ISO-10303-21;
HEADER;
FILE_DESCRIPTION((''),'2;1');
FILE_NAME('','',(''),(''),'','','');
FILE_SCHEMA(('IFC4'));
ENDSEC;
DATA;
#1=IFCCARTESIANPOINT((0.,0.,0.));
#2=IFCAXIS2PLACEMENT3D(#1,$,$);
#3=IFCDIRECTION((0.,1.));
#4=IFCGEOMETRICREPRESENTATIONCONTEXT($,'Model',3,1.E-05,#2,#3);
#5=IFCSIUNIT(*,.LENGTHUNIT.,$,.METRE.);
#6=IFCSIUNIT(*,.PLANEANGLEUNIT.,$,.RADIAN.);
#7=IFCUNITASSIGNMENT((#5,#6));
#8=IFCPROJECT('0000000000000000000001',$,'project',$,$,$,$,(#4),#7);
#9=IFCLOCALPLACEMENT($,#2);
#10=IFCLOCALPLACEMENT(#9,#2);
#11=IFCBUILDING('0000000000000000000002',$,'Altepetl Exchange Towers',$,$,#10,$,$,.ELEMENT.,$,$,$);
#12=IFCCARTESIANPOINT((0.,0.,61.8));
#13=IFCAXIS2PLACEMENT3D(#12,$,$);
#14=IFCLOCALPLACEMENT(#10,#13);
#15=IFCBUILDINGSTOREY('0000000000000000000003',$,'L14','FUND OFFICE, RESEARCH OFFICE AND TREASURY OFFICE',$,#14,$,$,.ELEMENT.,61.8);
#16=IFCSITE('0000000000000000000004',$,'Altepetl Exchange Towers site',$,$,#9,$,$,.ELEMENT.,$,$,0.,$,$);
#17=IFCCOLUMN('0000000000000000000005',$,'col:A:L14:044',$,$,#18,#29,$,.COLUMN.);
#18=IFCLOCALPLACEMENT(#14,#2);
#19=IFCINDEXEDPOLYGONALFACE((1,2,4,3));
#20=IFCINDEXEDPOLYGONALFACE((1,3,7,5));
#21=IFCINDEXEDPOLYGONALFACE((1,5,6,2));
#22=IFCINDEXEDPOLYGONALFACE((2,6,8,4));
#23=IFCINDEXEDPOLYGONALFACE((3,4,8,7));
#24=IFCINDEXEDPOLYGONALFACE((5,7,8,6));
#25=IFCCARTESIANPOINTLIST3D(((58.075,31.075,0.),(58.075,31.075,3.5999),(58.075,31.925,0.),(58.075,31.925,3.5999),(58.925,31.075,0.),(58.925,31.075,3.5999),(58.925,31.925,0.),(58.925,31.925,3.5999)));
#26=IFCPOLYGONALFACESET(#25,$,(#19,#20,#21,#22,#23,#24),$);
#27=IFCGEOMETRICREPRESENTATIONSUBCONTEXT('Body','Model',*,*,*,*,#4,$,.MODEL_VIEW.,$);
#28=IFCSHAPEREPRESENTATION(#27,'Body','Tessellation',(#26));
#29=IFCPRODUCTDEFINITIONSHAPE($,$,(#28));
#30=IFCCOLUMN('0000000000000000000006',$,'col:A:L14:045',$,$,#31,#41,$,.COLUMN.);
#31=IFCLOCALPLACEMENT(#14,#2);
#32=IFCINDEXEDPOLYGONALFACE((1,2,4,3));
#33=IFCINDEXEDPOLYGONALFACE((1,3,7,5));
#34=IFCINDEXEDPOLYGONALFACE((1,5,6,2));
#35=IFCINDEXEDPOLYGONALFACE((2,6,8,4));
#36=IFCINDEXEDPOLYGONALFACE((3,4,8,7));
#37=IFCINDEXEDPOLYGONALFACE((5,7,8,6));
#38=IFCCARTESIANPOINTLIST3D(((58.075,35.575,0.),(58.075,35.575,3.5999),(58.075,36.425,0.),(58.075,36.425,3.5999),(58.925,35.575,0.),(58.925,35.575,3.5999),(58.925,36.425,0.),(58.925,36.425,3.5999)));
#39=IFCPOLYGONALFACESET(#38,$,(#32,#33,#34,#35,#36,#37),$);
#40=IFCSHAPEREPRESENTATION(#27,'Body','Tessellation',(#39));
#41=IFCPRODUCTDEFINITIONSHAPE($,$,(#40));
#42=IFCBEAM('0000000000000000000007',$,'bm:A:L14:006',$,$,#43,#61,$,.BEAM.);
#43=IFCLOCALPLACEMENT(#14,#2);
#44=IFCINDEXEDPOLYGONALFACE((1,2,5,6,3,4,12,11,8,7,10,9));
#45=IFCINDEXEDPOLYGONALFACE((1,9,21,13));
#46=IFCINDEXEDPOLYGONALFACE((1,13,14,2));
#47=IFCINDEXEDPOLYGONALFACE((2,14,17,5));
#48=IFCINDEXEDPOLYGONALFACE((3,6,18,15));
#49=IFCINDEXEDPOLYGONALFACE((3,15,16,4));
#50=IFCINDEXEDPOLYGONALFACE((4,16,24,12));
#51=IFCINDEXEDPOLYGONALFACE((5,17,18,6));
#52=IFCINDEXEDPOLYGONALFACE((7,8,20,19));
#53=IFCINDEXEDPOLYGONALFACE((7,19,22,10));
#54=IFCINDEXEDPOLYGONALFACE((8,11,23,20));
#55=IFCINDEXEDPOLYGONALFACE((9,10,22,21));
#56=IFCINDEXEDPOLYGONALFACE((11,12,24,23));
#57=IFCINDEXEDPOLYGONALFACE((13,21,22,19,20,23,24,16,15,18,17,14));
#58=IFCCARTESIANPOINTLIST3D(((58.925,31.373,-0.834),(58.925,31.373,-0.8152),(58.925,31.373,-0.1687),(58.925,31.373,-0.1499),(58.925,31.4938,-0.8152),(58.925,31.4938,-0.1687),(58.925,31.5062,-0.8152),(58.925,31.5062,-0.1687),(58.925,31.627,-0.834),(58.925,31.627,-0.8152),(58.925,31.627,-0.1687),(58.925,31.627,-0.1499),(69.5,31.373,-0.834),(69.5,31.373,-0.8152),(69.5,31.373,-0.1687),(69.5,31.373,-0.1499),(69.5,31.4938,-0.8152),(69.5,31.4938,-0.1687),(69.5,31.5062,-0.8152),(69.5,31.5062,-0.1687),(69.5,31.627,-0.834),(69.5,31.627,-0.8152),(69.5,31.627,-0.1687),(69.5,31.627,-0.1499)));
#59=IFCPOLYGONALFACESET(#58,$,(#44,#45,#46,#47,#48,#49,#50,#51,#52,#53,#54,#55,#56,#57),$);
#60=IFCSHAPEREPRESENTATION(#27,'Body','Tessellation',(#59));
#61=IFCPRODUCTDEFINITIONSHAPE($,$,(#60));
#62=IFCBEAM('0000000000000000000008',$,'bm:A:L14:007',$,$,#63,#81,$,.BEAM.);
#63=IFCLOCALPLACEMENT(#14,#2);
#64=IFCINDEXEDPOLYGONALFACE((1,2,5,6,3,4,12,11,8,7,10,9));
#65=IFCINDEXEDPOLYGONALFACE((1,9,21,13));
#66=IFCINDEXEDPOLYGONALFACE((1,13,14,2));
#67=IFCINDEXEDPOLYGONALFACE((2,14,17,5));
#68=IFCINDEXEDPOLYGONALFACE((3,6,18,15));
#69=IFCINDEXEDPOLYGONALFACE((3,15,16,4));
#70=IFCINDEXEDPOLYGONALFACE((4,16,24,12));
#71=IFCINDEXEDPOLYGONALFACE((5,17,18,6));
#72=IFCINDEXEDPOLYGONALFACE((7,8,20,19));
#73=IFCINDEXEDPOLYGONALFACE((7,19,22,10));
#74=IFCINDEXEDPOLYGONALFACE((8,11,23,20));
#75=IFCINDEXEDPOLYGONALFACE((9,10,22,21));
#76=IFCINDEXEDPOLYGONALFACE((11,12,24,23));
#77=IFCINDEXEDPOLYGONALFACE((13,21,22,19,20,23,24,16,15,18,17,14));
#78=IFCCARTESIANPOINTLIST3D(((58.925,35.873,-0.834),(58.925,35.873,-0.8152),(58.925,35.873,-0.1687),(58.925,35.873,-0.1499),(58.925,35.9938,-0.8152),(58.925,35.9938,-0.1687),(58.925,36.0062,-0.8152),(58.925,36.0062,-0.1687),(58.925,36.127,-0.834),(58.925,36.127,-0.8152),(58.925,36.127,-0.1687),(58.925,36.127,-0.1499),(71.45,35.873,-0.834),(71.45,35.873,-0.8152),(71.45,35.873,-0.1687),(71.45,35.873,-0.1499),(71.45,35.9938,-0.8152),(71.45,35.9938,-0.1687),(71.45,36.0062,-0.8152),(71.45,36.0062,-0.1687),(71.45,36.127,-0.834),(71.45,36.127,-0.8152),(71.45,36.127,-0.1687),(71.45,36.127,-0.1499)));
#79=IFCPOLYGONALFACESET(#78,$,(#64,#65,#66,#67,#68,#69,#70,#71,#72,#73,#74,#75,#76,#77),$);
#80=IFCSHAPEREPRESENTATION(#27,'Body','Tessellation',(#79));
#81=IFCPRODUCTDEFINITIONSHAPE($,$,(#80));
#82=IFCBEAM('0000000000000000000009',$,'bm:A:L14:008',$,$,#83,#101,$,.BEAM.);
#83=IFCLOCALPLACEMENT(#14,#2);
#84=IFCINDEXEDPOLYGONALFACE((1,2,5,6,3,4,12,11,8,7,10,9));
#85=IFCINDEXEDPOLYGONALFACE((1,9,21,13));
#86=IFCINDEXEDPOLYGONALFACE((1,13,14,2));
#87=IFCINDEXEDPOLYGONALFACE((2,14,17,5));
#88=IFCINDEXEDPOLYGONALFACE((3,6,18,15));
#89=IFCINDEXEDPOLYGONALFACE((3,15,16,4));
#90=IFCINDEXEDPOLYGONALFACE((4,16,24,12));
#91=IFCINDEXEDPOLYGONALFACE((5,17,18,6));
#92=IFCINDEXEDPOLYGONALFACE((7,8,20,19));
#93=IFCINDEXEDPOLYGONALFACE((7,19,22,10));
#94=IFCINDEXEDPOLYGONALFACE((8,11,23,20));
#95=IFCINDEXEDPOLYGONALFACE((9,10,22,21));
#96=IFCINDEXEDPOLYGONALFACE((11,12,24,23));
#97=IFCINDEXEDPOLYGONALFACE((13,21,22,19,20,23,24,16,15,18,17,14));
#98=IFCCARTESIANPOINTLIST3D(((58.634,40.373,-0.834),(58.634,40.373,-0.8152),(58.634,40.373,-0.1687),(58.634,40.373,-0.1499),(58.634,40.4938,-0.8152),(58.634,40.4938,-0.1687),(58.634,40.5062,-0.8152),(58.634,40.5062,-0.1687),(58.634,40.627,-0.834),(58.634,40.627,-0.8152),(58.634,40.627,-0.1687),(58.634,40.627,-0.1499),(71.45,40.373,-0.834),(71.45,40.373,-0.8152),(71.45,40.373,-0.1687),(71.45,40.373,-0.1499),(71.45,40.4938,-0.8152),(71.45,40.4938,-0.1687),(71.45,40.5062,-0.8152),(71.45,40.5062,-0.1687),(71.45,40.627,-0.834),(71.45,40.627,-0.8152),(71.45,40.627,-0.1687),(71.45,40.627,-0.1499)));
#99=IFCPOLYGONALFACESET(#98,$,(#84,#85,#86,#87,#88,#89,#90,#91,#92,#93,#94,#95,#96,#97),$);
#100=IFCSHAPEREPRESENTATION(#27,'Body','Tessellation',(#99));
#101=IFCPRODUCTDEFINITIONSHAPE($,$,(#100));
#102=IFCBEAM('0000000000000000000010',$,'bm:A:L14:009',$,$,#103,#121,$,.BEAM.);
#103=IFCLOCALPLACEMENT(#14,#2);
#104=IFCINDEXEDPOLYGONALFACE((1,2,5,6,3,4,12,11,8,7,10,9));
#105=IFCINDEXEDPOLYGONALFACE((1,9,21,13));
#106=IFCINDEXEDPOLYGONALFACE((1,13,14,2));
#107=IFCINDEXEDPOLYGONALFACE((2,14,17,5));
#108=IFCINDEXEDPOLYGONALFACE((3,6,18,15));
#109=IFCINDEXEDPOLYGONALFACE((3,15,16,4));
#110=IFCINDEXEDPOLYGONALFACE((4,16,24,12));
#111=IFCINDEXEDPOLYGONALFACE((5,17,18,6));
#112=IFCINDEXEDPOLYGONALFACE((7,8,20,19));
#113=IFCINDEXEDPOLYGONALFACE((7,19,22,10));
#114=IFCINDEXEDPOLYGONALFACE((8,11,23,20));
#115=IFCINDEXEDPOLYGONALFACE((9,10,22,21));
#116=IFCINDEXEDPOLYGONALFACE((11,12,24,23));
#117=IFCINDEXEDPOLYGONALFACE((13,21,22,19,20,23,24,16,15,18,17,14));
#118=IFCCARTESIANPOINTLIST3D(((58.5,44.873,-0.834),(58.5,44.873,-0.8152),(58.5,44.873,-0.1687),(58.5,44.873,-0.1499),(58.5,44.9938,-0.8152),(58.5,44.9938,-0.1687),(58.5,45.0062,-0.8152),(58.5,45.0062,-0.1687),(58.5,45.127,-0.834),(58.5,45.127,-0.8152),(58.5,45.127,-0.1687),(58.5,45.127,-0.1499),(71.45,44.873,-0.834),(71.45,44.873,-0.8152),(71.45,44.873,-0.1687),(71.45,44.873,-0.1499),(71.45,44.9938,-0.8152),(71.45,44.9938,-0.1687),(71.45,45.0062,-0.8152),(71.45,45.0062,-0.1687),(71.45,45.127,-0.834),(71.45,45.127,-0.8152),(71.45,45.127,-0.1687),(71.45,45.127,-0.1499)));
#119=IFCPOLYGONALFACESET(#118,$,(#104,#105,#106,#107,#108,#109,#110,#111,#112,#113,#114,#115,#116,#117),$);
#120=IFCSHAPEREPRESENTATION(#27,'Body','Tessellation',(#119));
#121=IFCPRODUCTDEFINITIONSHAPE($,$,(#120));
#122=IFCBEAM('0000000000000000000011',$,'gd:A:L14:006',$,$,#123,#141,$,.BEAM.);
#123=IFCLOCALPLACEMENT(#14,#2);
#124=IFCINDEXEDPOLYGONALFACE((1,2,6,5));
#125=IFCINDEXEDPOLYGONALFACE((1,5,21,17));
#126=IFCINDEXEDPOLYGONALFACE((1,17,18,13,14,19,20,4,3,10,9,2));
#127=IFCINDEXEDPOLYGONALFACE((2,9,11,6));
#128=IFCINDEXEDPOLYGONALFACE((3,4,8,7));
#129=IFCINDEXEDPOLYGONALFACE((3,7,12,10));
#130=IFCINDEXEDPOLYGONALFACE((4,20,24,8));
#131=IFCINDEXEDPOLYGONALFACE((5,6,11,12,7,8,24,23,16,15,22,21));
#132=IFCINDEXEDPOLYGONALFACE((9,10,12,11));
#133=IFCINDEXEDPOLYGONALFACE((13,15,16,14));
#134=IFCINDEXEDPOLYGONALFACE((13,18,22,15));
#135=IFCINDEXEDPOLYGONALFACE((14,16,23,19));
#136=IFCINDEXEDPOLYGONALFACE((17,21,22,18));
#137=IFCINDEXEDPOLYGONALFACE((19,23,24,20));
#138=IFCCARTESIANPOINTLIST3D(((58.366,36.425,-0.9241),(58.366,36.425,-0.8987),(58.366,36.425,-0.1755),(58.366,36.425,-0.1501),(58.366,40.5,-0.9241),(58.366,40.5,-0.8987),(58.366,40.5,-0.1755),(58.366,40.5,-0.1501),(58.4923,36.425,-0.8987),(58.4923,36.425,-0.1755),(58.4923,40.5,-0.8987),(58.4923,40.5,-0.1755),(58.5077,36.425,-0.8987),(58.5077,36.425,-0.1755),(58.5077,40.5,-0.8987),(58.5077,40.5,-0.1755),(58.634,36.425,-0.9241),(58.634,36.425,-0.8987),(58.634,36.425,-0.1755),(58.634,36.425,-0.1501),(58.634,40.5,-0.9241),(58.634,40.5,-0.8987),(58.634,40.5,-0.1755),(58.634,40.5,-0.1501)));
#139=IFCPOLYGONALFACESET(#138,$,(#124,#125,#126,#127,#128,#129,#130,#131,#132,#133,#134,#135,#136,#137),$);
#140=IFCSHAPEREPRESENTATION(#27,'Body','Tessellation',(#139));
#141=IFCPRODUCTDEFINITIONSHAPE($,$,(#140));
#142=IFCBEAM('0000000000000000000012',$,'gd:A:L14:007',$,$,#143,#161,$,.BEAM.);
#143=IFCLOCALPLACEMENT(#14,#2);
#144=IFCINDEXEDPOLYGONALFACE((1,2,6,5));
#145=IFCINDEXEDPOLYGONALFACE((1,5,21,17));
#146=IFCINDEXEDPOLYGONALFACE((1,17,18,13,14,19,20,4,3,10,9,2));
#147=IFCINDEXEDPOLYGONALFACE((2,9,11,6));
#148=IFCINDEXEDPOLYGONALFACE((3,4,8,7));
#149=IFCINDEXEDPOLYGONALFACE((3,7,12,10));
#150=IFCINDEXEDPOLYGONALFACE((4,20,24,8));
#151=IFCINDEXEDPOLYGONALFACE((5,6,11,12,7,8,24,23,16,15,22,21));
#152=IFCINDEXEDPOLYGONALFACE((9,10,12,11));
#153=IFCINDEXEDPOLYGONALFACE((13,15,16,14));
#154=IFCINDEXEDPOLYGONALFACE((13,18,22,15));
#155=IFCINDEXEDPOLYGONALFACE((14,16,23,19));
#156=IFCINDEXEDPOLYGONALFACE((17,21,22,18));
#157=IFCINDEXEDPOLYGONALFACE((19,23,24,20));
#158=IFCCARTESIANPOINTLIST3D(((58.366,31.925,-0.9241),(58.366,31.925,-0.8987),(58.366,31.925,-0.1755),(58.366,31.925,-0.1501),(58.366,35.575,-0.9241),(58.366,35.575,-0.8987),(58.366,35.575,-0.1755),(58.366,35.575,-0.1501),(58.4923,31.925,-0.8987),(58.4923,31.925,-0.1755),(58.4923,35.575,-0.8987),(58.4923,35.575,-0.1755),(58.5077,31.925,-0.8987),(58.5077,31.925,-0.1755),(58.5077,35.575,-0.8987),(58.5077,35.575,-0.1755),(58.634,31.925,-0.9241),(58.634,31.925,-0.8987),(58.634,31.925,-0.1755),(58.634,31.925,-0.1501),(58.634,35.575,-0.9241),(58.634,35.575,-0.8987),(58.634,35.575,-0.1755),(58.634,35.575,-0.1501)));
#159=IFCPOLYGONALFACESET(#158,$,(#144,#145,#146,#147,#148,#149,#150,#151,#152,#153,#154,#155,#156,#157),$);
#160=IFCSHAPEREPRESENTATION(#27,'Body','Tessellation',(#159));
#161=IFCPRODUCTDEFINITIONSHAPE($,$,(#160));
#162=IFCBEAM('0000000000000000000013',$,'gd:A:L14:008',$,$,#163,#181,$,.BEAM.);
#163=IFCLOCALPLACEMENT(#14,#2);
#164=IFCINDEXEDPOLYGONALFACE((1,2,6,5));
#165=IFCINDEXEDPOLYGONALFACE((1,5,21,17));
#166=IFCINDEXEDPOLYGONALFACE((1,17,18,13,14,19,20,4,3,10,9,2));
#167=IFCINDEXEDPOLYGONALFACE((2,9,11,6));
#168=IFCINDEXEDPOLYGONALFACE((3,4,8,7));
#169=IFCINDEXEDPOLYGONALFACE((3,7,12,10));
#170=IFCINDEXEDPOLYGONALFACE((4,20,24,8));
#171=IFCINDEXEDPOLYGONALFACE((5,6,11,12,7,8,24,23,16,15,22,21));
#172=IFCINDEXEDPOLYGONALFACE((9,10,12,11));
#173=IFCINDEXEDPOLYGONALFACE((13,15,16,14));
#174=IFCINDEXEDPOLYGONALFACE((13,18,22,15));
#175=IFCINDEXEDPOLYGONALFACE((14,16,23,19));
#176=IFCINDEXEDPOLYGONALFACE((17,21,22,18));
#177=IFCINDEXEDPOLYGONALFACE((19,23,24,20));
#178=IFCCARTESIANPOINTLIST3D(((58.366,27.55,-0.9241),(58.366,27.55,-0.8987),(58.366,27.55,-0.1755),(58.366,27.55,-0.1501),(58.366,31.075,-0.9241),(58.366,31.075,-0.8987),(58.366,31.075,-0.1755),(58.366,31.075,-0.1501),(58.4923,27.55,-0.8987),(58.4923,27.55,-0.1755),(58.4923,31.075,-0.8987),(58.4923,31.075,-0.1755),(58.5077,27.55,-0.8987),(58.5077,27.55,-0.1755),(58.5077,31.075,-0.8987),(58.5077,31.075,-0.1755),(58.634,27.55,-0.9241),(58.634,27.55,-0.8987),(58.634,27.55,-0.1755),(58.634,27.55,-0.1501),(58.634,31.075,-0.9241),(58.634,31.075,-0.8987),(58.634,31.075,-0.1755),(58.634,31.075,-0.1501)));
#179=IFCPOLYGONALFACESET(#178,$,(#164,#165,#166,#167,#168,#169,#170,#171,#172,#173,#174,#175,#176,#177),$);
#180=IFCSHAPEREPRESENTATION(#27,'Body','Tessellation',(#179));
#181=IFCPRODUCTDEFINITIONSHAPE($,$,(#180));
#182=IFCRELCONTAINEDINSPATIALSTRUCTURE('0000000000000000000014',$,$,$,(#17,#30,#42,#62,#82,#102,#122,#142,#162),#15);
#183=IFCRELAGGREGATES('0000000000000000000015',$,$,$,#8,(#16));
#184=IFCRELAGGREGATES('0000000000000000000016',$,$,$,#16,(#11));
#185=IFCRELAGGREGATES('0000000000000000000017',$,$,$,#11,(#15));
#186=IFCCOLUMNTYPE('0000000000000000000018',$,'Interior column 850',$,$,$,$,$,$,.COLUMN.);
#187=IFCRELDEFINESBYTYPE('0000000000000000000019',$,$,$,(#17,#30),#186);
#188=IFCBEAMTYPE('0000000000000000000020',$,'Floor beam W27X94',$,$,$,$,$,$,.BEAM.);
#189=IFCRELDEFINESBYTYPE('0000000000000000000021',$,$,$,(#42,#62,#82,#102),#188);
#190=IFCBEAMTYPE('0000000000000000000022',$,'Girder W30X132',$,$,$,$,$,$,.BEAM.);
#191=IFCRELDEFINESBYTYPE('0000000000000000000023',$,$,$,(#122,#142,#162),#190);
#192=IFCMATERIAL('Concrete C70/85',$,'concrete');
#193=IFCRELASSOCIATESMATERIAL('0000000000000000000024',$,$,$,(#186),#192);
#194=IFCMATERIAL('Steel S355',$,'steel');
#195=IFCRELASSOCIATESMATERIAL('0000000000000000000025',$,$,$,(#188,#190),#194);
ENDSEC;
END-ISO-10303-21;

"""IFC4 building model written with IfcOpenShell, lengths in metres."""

from ifc_helpers import new_model, si_unit, direction, frame, origin, origin_2d, place, context, subcontext, project, spatial, rectangle, i_section, extrude, material, material_profile, profile_set, type_object, element, save


model = new_model("IFC4")

# Units and contexts
model_context = context("Model", 3, precision=1e-05, world=origin(), true_north=direction((0.0, 1.0)))
body_context = subcontext(model_context, "Body", "Model", "MODEL_VIEW")
ifc_project = project(units=[si_unit("LENGTHUNIT", "METRE"), si_unit("PLANEANGLEUNIT", "RADIAN")], contexts=[model_context])

# Site, building, storey
site_placement = place(None, origin())
site = spatial("IfcSite", under=ifc_project, at=site_placement, Name="Altepetl Exchange Towers site", CompositionType="ELEMENT", RefElevation=0.0)
building_placement = place(site_placement, origin())
building = spatial("IfcBuilding", under=site, at=building_placement, Name="Altepetl Exchange Towers", CompositionType="ELEMENT")
storey_placement = place(building_placement, frame((0.0, 0.0, 61.8)))
storey = spatial("IfcBuildingStorey", under=building, at=storey_placement, Name="L14", Description="FUND OFFICE, RESEARCH OFFICE AND TREASURY OFFICE", CompositionType="ELEMENT", Elevation=61.8)

# Columns
ifc_material_1 = material(Name="Concrete C70/85", Category="concrete")
ifc_material_profile_1 = material_profile(ifc_material_1, rectangle(XDim=0.8501, YDim=0.8501, at=origin_2d()), Name="850 x 850")
ifc_profile_set_1 = profile_set([ifc_material_profile_1], Name="Concrete C70/85")
column_type = type_object("IfcColumnType", Name="Interior column 850", PredefinedType="COLUMN", material=ifc_profile_set_1)
for number, where, name in (
    (1, (58.5, 31.5, 0.0), "col:A:L14:044"),
    (2, (58.5, 36.0, 0.0), "col:A:L14:045"),
):
    element("IfcColumn", number, at=place(storey_placement, frame(where)), inside=storey, type_object=column_type, Name=name, PredefinedType="COLUMN", context=body_context, shape_type="SweptSolid", body=[
        extrude(rectangle(XDim=0.8501, YDim=0.8501, at=origin_2d()), origin(), (0.0, 0.0, 1.0), 3.5999),
    ])

# Beams
ifc_material_2 = material(Name="Steel S355", Category="steel")
ifc_material_profile_2 = material_profile(ifc_material_2, i_section(OverallWidth=0.2539, OverallDepth=0.6841, WebThickness=0.0125, FlangeThickness=0.0188, at=origin_2d()), Name="W27X94")
ifc_profile_set_2 = profile_set([ifc_material_profile_2], Name="Steel S355")
beam_type_1 = type_object("IfcBeamType", Name="Floor beam W27X94", PredefinedType="BEAM", material=ifc_profile_set_2)
beam_1_placement = place(storey_placement, frame((58.925, 31.5, -0.4919), z_axis=(1.0, 0.0, 0.0), x_axis=(0.0, 1.0, 0.0)))
element("IfcBeam", 3, at=beam_1_placement, inside=storey, type_object=beam_type_1, Name="bm:A:L14:006", PredefinedType="BEAM", context=body_context, shape_type="SweptSolid", body=[
    extrude(i_section(OverallWidth=0.2539, OverallDepth=0.6841, WebThickness=0.0125, FlangeThickness=0.0188, at=origin_2d()), origin(), (0.0, 0.0, 1.0), 10.575),
])
beam_2_placement = place(storey_placement, frame((58.925, 36.0, -0.4919), z_axis=(1.0, 0.0, 0.0), x_axis=(0.0, 1.0, 0.0)))
element("IfcBeam", 4, at=beam_2_placement, inside=storey, type_object=beam_type_1, Name="bm:A:L14:007", PredefinedType="BEAM", context=body_context, shape_type="SweptSolid", body=[
    extrude(i_section(OverallWidth=0.2539, OverallDepth=0.6841, WebThickness=0.0125, FlangeThickness=0.0188, at=origin_2d()), origin(), (0.0, 0.0, 1.0), 12.5249),
])
beam_3_placement = place(storey_placement, frame((58.634, 40.5, -0.4919), z_axis=(1.0, 0.0, 0.0), x_axis=(0.0, 1.0, 0.0)))
element("IfcBeam", 5, at=beam_3_placement, inside=storey, type_object=beam_type_1, Name="bm:A:L14:008", PredefinedType="BEAM", context=body_context, shape_type="SweptSolid", body=[
    extrude(i_section(OverallWidth=0.2539, OverallDepth=0.6841, WebThickness=0.0125, FlangeThickness=0.0188, at=origin_2d()), origin(), (0.0, 0.0, 1.0), 12.8159),
])
beam_4_placement = place(storey_placement, frame((58.5, 45.0, -0.4919), z_axis=(1.0, 0.0, 0.0), x_axis=(0.0, 1.0, 0.0)))
element("IfcBeam", 6, at=beam_4_placement, inside=storey, type_object=beam_type_1, Name="bm:A:L14:009", PredefinedType="BEAM", context=body_context, shape_type="SweptSolid", body=[
    extrude(i_section(OverallWidth=0.2539, OverallDepth=0.6841, WebThickness=0.0125, FlangeThickness=0.0188, at=origin_2d()), origin(), (0.0, 0.0, 1.0), 12.95),
])
ifc_material_profile_3 = material_profile(ifc_material_2, i_section(OverallWidth=0.2681, OverallDepth=0.7739, WebThickness=0.0154, FlangeThickness=0.0254, at=origin_2d()), Name="W30X132")
ifc_profile_set_3 = profile_set([ifc_material_profile_3], Name="Steel S355")
beam_type_2 = type_object("IfcBeamType", Name="Girder W30X132", PredefinedType="BEAM", material=ifc_profile_set_3)
beam_5_placement = place(storey_placement, frame((58.5, 40.5, -0.5371), z_axis=(0.0, -1.0, 0.0), x_axis=(1.0, 0.0, 0.0)))
element("IfcBeam", 7, at=beam_5_placement, inside=storey, type_object=beam_type_2, Name="gd:A:L14:006", PredefinedType="BEAM", context=body_context, shape_type="SweptSolid", body=[
    extrude(i_section(OverallWidth=0.2681, OverallDepth=0.7739, WebThickness=0.0154, FlangeThickness=0.0254, at=origin_2d()), origin(), (0.0, 0.0, 1.0), 4.075),
])
beam_6_placement = place(storey_placement, frame((58.5, 35.575, -0.5371), z_axis=(0.0, -1.0, 0.0), x_axis=(1.0, 0.0, 0.0)))
element("IfcBeam", 8, at=beam_6_placement, inside=storey, type_object=beam_type_2, Name="gd:A:L14:007", PredefinedType="BEAM", context=body_context, shape_type="SweptSolid", body=[
    extrude(i_section(OverallWidth=0.2681, OverallDepth=0.7739, WebThickness=0.0154, FlangeThickness=0.0254, at=origin_2d()), origin(), (0.0, 0.0, 1.0), 3.6499),
])
beam_7_placement = place(storey_placement, frame((58.5, 31.075, -0.5371), z_axis=(0.0, -1.0, 0.0), x_axis=(1.0, 0.0, 0.0)))
element("IfcBeam", 9, at=beam_7_placement, inside=storey, type_object=beam_type_2, Name="gd:A:L14:008", PredefinedType="BEAM", context=body_context, shape_type="SweptSolid", body=[
    extrude(i_section(OverallWidth=0.2681, OverallDepth=0.7739, WebThickness=0.0154, FlangeThickness=0.0254, at=origin_2d()), origin(), (0.0, 0.0, 1.0), 3.5249),
])

save(model, "model.ifc")
